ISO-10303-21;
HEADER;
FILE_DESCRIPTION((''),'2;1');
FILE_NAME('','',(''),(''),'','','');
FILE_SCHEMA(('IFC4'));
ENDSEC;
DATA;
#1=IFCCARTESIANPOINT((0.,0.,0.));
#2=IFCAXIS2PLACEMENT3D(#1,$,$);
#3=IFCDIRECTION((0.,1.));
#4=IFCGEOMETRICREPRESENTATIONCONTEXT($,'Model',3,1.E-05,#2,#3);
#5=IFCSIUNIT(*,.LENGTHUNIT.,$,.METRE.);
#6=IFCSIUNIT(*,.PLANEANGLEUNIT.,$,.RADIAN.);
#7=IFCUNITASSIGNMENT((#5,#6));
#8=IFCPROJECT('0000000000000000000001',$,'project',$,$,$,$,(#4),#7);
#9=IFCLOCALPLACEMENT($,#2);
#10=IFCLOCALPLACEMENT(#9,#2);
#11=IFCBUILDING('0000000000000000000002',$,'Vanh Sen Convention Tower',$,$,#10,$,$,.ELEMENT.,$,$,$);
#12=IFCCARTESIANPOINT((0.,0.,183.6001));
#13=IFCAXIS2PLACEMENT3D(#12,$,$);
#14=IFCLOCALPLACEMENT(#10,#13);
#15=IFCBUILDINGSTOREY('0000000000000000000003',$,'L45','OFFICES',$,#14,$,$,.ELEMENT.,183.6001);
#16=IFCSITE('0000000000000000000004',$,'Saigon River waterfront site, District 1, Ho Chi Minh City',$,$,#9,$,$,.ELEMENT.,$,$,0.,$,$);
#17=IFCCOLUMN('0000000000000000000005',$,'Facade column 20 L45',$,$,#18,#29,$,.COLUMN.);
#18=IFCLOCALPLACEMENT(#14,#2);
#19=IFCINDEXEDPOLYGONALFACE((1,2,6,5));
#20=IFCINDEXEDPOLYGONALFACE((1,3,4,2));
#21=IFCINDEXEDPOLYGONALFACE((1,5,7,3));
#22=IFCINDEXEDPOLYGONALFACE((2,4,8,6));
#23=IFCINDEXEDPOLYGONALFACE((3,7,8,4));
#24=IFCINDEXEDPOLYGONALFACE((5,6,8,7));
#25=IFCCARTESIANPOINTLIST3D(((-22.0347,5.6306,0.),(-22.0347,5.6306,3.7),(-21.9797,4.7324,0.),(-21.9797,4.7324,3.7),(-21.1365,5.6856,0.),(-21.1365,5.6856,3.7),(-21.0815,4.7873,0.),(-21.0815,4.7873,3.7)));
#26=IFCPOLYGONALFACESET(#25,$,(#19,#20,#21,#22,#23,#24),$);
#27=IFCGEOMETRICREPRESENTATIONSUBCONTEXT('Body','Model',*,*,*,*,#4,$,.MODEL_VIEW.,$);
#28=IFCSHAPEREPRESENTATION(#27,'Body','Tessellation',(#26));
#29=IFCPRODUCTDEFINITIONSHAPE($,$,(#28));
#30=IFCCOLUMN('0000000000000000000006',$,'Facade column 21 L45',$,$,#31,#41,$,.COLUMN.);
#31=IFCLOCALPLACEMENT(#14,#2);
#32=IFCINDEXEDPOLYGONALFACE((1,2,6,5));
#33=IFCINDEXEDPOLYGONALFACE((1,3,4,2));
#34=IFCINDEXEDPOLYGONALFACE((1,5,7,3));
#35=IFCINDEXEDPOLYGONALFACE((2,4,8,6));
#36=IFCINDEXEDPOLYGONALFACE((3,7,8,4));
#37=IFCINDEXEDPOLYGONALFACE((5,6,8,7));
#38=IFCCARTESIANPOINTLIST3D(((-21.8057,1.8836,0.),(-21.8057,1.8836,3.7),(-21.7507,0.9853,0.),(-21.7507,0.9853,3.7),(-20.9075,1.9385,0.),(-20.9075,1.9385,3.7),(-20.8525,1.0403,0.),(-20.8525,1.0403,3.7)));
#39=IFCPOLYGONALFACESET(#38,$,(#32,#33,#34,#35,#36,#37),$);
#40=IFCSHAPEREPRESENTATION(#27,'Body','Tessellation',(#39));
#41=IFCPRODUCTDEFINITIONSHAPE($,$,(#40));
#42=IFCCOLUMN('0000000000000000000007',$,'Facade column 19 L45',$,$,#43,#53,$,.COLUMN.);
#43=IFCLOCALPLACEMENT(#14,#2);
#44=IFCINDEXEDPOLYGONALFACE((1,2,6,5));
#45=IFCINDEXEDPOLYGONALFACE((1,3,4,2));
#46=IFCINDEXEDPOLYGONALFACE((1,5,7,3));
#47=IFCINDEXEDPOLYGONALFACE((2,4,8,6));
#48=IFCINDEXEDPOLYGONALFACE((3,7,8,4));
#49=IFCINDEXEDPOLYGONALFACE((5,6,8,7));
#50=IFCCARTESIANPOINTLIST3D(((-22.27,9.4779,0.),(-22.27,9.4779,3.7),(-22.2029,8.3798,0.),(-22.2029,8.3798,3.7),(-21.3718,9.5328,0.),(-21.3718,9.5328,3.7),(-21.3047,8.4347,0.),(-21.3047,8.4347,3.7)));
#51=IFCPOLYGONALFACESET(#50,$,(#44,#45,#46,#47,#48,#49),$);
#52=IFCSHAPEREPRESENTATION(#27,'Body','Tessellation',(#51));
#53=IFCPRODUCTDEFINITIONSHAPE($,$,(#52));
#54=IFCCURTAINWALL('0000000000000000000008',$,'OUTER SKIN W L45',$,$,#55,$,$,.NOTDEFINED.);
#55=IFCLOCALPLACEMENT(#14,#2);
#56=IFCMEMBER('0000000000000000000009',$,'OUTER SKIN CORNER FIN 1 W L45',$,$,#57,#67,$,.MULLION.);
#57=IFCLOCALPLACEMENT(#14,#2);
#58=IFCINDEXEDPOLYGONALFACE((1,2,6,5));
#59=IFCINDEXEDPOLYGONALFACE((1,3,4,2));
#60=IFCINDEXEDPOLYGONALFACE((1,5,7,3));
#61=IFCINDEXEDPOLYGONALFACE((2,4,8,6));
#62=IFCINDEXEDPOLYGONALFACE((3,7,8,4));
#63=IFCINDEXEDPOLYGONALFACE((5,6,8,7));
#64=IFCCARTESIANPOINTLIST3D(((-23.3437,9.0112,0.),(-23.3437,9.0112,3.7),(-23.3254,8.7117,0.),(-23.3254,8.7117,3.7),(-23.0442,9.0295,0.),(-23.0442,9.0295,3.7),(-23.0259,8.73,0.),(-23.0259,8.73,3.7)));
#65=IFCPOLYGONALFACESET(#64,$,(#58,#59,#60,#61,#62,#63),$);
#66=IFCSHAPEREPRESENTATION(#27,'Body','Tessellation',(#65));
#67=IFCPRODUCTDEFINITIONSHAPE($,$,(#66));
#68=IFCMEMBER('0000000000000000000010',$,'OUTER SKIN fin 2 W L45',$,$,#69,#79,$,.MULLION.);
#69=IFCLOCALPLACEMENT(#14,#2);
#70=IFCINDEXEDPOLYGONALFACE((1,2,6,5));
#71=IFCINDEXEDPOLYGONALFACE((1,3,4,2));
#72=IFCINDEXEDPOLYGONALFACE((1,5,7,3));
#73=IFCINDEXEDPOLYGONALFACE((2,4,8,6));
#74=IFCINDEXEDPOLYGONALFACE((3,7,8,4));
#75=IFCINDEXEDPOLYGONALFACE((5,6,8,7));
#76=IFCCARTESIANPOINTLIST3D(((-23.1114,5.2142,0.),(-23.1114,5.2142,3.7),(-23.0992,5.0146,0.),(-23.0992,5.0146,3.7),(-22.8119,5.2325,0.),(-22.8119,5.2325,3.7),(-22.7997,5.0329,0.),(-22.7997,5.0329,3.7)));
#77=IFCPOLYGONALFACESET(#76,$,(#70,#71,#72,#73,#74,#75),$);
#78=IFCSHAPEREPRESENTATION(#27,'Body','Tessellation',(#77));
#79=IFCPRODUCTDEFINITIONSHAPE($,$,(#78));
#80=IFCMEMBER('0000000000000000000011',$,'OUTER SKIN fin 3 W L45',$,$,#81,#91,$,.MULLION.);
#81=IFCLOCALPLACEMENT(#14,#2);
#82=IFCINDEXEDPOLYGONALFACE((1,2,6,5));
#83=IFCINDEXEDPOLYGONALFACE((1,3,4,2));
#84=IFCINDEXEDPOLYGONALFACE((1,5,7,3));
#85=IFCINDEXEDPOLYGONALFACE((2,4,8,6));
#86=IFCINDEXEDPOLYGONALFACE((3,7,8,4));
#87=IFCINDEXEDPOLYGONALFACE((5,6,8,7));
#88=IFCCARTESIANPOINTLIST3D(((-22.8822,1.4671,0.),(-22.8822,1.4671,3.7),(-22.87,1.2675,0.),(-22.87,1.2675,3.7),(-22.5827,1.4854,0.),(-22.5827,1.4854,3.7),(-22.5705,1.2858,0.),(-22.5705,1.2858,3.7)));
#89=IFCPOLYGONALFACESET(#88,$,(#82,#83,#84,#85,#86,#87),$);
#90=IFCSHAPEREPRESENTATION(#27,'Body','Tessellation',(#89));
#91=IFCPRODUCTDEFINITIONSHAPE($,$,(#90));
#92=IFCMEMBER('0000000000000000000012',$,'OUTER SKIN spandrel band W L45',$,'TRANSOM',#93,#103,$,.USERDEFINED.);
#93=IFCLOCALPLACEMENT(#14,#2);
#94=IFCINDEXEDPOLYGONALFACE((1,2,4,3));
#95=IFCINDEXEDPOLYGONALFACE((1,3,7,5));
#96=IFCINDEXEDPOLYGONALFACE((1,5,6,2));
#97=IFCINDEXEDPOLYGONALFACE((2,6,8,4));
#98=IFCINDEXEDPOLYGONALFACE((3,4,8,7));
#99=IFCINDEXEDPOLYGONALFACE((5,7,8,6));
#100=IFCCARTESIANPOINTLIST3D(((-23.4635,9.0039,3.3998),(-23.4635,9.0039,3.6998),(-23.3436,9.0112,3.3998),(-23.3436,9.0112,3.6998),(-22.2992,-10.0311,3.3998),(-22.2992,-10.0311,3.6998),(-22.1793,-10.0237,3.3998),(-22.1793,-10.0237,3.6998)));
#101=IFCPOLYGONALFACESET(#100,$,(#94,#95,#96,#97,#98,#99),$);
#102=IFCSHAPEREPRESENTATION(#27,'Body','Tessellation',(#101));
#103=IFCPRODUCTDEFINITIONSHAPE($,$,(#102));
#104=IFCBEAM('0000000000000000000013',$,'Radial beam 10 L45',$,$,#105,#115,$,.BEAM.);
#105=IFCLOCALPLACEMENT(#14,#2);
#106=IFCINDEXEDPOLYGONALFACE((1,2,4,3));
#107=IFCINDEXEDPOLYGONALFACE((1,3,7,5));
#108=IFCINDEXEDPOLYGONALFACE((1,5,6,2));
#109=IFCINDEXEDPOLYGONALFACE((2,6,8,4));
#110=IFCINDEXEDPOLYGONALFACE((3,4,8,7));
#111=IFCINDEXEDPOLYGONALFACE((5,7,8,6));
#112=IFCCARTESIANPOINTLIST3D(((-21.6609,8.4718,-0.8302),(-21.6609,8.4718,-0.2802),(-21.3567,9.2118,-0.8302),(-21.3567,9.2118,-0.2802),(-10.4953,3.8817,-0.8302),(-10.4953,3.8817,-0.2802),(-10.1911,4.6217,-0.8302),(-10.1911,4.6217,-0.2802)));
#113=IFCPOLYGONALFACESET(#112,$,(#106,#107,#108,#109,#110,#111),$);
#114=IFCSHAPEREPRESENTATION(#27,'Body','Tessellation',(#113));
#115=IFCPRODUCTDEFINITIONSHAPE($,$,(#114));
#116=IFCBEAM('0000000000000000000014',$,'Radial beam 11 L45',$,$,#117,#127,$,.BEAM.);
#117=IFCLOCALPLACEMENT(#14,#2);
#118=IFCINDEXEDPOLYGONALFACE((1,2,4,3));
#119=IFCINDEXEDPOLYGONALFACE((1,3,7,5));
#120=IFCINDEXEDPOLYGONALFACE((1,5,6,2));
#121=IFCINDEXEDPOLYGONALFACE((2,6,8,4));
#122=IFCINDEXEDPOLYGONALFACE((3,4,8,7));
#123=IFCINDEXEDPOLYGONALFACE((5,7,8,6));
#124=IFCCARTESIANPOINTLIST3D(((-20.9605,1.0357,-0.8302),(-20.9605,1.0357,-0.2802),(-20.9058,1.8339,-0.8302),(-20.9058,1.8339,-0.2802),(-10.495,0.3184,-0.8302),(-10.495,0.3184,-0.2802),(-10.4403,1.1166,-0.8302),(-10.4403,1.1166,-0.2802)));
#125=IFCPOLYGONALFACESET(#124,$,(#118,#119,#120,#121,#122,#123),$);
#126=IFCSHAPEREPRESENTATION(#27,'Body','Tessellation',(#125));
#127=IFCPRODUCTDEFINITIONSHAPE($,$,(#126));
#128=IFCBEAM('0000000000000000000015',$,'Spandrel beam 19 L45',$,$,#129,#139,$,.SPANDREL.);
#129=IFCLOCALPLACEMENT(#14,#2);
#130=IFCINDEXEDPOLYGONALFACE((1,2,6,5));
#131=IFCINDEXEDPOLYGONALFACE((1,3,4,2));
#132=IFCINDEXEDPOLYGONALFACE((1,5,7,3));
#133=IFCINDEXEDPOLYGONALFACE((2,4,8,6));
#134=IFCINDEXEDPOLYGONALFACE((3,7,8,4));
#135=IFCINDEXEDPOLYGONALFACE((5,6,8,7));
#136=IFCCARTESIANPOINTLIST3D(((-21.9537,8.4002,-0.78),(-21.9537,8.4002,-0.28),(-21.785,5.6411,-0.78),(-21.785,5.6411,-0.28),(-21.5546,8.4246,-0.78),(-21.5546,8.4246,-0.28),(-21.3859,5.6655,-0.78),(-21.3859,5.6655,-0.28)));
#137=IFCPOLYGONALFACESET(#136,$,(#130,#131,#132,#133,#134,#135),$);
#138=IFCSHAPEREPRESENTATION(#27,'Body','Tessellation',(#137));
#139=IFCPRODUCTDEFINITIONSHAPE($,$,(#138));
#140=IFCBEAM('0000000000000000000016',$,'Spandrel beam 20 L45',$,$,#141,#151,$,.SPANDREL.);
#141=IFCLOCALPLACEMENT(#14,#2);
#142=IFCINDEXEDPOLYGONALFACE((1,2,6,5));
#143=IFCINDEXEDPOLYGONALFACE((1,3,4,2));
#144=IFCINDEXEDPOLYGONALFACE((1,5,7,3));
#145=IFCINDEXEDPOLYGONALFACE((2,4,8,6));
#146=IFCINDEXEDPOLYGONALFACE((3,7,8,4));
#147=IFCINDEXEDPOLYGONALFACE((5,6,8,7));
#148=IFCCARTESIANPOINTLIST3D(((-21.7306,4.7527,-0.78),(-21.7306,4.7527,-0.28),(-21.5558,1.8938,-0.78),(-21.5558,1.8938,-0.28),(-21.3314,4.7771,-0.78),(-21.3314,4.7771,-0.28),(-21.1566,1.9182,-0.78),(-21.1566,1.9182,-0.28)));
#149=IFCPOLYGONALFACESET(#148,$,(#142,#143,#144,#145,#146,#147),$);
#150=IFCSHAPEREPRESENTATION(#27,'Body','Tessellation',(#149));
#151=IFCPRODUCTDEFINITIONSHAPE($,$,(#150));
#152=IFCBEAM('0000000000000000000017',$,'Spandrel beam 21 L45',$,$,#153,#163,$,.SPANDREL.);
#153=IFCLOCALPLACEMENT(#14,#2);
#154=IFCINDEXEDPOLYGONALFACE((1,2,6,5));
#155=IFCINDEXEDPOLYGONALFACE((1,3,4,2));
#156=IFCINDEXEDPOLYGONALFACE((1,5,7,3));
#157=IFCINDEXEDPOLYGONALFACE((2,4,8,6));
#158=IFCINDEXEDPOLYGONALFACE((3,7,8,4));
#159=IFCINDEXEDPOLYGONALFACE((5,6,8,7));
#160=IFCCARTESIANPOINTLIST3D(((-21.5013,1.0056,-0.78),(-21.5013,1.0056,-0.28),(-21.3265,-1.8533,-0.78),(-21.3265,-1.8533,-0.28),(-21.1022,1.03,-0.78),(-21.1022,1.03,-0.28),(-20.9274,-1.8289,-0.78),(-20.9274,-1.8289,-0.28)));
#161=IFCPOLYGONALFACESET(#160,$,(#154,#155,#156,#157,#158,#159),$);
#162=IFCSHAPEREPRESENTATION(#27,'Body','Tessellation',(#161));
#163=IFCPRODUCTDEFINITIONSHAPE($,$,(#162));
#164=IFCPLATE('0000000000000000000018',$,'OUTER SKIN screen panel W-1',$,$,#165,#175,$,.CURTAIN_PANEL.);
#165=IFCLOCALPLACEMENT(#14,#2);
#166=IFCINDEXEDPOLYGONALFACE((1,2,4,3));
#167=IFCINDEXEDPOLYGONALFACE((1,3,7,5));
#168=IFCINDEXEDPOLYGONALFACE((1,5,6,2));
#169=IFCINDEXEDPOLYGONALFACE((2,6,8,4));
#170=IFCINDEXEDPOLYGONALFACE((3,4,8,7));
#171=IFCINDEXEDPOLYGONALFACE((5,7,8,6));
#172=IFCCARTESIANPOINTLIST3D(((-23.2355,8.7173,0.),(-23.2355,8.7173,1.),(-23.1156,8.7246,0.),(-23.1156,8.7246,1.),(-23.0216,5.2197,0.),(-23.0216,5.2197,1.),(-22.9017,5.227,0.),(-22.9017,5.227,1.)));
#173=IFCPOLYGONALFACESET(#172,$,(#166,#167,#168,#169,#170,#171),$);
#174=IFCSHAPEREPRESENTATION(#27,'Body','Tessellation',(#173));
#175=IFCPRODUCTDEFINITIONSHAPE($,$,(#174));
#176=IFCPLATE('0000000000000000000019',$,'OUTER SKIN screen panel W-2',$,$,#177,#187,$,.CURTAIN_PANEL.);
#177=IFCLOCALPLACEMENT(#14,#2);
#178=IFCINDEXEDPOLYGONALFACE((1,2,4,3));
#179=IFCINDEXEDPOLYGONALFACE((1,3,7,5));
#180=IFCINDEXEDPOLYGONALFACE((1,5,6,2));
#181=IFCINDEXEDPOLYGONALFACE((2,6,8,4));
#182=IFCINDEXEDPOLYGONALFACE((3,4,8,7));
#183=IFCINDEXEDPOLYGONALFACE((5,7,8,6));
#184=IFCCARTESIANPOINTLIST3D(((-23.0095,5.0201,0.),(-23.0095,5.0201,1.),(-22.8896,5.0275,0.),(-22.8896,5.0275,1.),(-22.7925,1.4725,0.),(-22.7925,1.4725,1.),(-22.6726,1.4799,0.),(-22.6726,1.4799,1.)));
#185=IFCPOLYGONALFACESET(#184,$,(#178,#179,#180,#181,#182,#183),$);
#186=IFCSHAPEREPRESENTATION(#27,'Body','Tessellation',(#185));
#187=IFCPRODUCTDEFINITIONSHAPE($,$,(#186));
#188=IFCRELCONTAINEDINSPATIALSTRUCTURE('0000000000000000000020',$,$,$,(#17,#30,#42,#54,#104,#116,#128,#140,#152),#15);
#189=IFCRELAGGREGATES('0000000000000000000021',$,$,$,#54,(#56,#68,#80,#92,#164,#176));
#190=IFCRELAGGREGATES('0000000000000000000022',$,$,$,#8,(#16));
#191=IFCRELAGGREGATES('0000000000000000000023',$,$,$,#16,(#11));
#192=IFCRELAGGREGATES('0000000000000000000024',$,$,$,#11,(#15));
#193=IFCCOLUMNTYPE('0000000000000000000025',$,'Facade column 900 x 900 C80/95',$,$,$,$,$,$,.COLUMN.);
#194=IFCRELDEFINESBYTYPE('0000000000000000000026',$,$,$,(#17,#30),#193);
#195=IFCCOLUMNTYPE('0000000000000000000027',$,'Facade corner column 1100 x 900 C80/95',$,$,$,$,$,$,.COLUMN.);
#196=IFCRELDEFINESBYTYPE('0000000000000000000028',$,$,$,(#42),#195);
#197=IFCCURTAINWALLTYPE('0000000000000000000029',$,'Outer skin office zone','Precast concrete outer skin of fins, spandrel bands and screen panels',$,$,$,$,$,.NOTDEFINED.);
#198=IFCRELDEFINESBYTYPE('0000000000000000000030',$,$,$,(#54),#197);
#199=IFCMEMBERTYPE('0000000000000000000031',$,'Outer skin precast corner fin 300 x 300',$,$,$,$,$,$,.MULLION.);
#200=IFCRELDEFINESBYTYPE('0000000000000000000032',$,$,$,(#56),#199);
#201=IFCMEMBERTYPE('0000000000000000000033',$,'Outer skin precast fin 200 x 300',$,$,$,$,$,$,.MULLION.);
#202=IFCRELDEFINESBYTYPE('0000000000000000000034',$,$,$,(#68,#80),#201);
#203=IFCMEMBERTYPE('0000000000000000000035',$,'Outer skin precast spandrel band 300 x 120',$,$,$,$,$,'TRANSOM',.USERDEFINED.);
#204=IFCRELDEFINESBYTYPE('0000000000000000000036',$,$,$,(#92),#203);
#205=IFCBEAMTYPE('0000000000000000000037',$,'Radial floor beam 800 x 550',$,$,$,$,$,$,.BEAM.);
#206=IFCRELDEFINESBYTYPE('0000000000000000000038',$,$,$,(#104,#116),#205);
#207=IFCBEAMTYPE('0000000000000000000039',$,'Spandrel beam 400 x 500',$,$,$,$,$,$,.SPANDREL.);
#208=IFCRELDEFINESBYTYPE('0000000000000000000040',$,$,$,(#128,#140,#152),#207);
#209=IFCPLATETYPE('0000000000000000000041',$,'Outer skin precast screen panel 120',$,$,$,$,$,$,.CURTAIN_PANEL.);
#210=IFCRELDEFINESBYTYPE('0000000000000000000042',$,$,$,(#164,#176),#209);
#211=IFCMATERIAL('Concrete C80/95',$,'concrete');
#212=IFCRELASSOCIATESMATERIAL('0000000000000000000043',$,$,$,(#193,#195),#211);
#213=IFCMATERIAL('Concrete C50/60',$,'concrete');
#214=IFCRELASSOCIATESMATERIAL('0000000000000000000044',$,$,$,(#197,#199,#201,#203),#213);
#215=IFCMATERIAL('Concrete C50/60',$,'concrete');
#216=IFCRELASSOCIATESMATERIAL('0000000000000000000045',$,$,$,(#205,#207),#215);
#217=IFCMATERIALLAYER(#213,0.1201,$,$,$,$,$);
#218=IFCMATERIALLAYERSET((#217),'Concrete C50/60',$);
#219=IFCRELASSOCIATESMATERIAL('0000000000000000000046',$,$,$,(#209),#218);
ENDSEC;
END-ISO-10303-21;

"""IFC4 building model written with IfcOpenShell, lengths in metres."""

from ifc_helpers import new_model, si_unit, direction, frame, origin, origin_2d, place, context, subcontext, project, spatial, rectangle, extrude, material, layer, layer_set, material_profile, profile_set, type_object, element, aggregate, save


model = new_model("IFC4")

# Units and contexts
model_context = context("Model", 3, precision=1e-05, world=origin(), true_north=direction((0.0, 1.0)))
body_context = subcontext(model_context, "Body", "Model", "MODEL_VIEW")
ifc_project = project(units=[si_unit("LENGTHUNIT", "METRE"), si_unit("PLANEANGLEUNIT", "RADIAN")], contexts=[model_context])

# Site, building, storey
site_placement = place(None, origin())
site = spatial("IfcSite", under=ifc_project, at=site_placement, Name="Saigon River waterfront site, District 1, Ho Chi Minh City", CompositionType="ELEMENT", RefElevation=0.0)
building_placement = place(site_placement, origin())
building = spatial("IfcBuilding", under=site, at=building_placement, Name="Vanh Sen Convention Tower", CompositionType="ELEMENT")
storey_placement = place(building_placement, frame((0.0, 0.0, 183.6001)))
storey = spatial("IfcBuildingStorey", under=building, at=storey_placement, Name="L45", Description="OFFICES", CompositionType="ELEMENT", Elevation=183.6001)

# Columns
ifc_material_1 = material(Name="Concrete C80/95", Category="concrete")
ifc_material_profile_1 = material_profile(ifc_material_1, rectangle(XDim=0.8999, YDim=0.8999, at=origin_2d()), Name="RC 900X900")
ifc_profile_set_1 = profile_set([ifc_material_profile_1], Name="Concrete C80/95")
column_type_1 = type_object("IfcColumnType", Name="Facade column 900 x 900 C80/95", PredefinedType="COLUMN", material=ifc_profile_set_1)
for number, where, z_axis, x_axis, name in (
    (1, (-21.5581, 5.209, 0.0), (0.0, 0.0, 1.0), (0.061049, -0.998135, 0.0), "Facade column 20 L45"),
    (2, (-21.3291, 1.4619, 0.0), (0.0, 0.0, 1.0), (0.061049, -0.998135, 0.0), "Facade column 21 L45"),
):
    element("IfcColumn", number, at=place(storey_placement, frame(where, z_axis=z_axis, x_axis=x_axis)), inside=storey, type_object=column_type_1, Name=name, PredefinedType="COLUMN", context=body_context, shape_type="SweptSolid", body=[
        extrude(rectangle(XDim=0.8999, YDim=0.8999, at=origin_2d()), origin(), (0.0, 0.0, 1.0), 3.7),
    ])
ifc_material_profile_2 = material_profile(ifc_material_1, rectangle(XDim=1.1001, YDim=0.8999, at=origin_2d()), Name="RC 1100X900")
ifc_profile_set_2 = profile_set([ifc_material_profile_2], Name="Concrete C80/95")
column_type_2 = type_object("IfcColumnType", Name="Facade corner column 1100 x 900 C80/95", PredefinedType="COLUMN", material=ifc_profile_set_2)
column_placement = place(storey_placement, frame((-21.7874, 8.9563, 0.0), z_axis=(0.0, 0.0, 1.0), x_axis=(0.061049, -0.998135, 0.0)))
element("IfcColumn", 3, at=column_placement, inside=storey, type_object=column_type_2, Name="Facade column 19 L45", PredefinedType="COLUMN", context=body_context, shape_type="SweptSolid", body=[
    extrude(rectangle(XDim=1.1001, YDim=0.8999, at=origin_2d()), origin(), (0.0, 0.0, 1.0), 3.7),
])

# Curtain wall, members
ifc_material_2 = material(Name="Concrete C50/60", Category="concrete")
curtain_wall_type = type_object("IfcCurtainWallType", Name="Outer skin office zone", Description="Precast concrete outer skin of fins, spandrel bands and screen panels", PredefinedType="NOTDEFINED", material=ifc_material_2)
curtain_wall_placement = place(storey_placement, origin())
curtain_wall = element("IfcCurtainWall", 4, at=curtain_wall_placement, inside=storey, type_object=curtain_wall_type, Name="OUTER SKIN W L45", PredefinedType="NOTDEFINED")
ifc_material_profile_3 = material_profile(ifc_material_2, rectangle(XDim=0.3, YDim=0.3, at=origin_2d()), Name="Outer skin precast corner fin 300 x 300")
ifc_profile_set_3 = profile_set([ifc_material_profile_3], Name="Concrete C50/60")
member_type_1 = type_object("IfcMemberType", Name="Outer skin precast corner fin 300 x 300", PredefinedType="MULLION", material=ifc_profile_set_3)
member_1_placement = place(storey_placement, frame((-23.1848, 8.8706, 0.0), z_axis=(0.0, 0.0, 1.0), x_axis=(0.061049, -0.998135, 0.0)))
member_1 = element("IfcMember", 5, at=member_1_placement, type_object=member_type_1, Name="OUTER SKIN CORNER FIN 1 W L45", PredefinedType="MULLION", context=body_context, shape_type="SweptSolid", body=[
    extrude(rectangle(XDim=0.3, YDim=0.3, at=origin_2d()), origin(), (0.0, 0.0, 1.0), 3.7),
])
ifc_material_profile_4 = material_profile(ifc_material_2, rectangle(XDim=0.2, YDim=0.3, at=origin_2d()), Name="Outer skin precast fin 200 x 300")
ifc_profile_set_4 = profile_set([ifc_material_profile_4], Name="Concrete C50/60")
member_type_2 = type_object("IfcMemberType", Name="Outer skin precast fin 200 x 300", PredefinedType="MULLION", material=ifc_profile_set_4)
member_2_placement = place(storey_placement, frame((-22.9556, 5.1235, 0.0), z_axis=(0.0, 0.0, 1.0), x_axis=(0.061049, -0.998135, 0.0)))
member_2 = element("IfcMember", 6, at=member_2_placement, type_object=member_type_2, Name="OUTER SKIN fin 2 W L45", PredefinedType="MULLION", context=body_context, shape_type="SweptSolid", body=[
    extrude(rectangle(XDim=0.2, YDim=0.3, at=origin_2d()), origin(), (0.0, 0.0, 1.0), 3.7),
])
member_3_placement = place(storey_placement, frame((-22.7263, 1.3765, 0.0), z_axis=(0.0, 0.0, 1.0), x_axis=(0.061049, -0.998135, 0.0)))
member_3 = element("IfcMember", 7, at=member_3_placement, type_object=member_type_2, Name="OUTER SKIN fin 3 W L45", PredefinedType="MULLION", context=body_context, shape_type="SweptSolid", body=[
    extrude(rectangle(XDim=0.2, YDim=0.3, at=origin_2d()), origin(), (0.0, 0.0, 1.0), 3.7),
])
ifc_material_profile_5 = material_profile(ifc_material_2, rectangle(XDim=0.1201, YDim=0.3, at=origin_2d()), Name="Outer skin precast spandrel band 300 x 120")
ifc_profile_set_5 = profile_set([ifc_material_profile_5], Name="Concrete C50/60")
member_type_3 = type_object("IfcMemberType", Name="Outer skin precast spandrel band 300 x 120", ElementType="TRANSOM", PredefinedType="USERDEFINED", material=ifc_profile_set_5)
member_4_placement = place(storey_placement, frame((-23.4036, 9.0076, 3.5498), z_axis=(0.061053, -0.998135, 0.0), x_axis=(0.998135, 0.061053, 0.0)))
member_4 = element("IfcMember", 8, at=member_4_placement, type_object=member_type_3, Name="OUTER SKIN spandrel band W L45", ObjectType="TRANSOM", PredefinedType="USERDEFINED", context=body_context, shape_type="SweptSolid", body=[
    extrude(rectangle(XDim=0.1201, YDim=0.3, at=origin_2d()), origin(), (0.0, 0.0, 1.0), 19.0706),
])

# Beams
ifc_material_3 = material(Name="Concrete C50/60", Category="concrete")
ifc_material_profile_6 = material_profile(ifc_material_3, rectangle(XDim=0.8, YDim=0.55, at=origin_2d()), Name="RC 800X550")
ifc_profile_set_6 = profile_set([ifc_material_profile_6], Name="Concrete C50/60")
beam_type_1 = type_object("IfcBeamType", Name="Radial floor beam 800 x 550", PredefinedType="BEAM", material=ifc_profile_set_6)
beam_1_placement = place(storey_placement, frame((-21.5088, 8.8418, -0.5552), z_axis=(0.924896, -0.38022, 0.0), x_axis=(0.38022, 0.924896, 0.0)))
element("IfcBeam", 9, at=beam_1_placement, inside=storey, type_object=beam_type_1, Name="Radial beam 10 L45", PredefinedType="BEAM", context=body_context, shape_type="SweptSolid", body=[
    extrude(rectangle(XDim=0.8, YDim=0.55, at=origin_2d()), origin(), (0.0, 0.0, 1.0), 12.0723),
])
beam_2_placement = place(storey_placement, frame((-20.9331, 1.4348, -0.5552), z_axis=(0.997659, -0.068379, 0.0), x_axis=(0.068379, 0.997659, 0.0)))
element("IfcBeam", 10, at=beam_2_placement, inside=storey, type_object=beam_type_1, Name="Radial beam 11 L45", PredefinedType="BEAM", context=body_context, shape_type="SweptSolid", body=[
    extrude(rectangle(XDim=0.8, YDim=0.55, at=origin_2d()), origin(), (0.0, 0.0, 1.0), 10.49),
])
ifc_material_profile_7 = material_profile(ifc_material_3, rectangle(XDim=0.3999, YDim=0.5, at=origin_2d()), Name="RC 400X500")
ifc_profile_set_7 = profile_set([ifc_material_profile_7], Name="Concrete C50/60")
beam_type_2 = type_object("IfcBeamType", Name="Spandrel beam 400 x 500", PredefinedType="SPANDREL", material=ifc_profile_set_7)
beam_3_placement = place(storey_placement, frame((-21.7542, 8.4124, -0.53), z_axis=(0.061031, -0.998136, 0.0), x_axis=(0.998136, 0.061031, 0.0)))
element("IfcBeam", 11, at=beam_3_placement, inside=storey, type_object=beam_type_2, Name="Spandrel beam 19 L45", PredefinedType="SPANDREL", context=body_context, shape_type="SweptSolid", body=[
    extrude(rectangle(XDim=0.3999, YDim=0.5, at=origin_2d()), origin(), (0.0, 0.0, 1.0), 2.7642),
])
for number, where, z_axis, x_axis, name in (
    (12, (-21.531, 4.7649, -0.53), (0.06103, -0.998136, 0.0), (0.998136, 0.06103, 0.0), "Spandrel beam 20 L45"),
    (13, (-21.3018, 1.0178, -0.53), (0.06103, -0.998136, 0.0), (0.998136, 0.06103, 0.0), "Spandrel beam 21 L45"),
):
    element("IfcBeam", number, at=place(storey_placement, frame(where, z_axis=z_axis, x_axis=x_axis)), inside=storey, type_object=beam_type_2, Name=name, PredefinedType="SPANDREL", context=body_context, shape_type="SweptSolid", body=[
        extrude(rectangle(XDim=0.3999, YDim=0.5, at=origin_2d()), origin(), (0.0, 0.0, 1.0), 2.8643),
    ])

# Plates
ifc_layer_1 = layer(ifc_material_2, 0.1201)
ifc_layer_set_1 = layer_set([ifc_layer_1], Name="Concrete C50/60")
plate_type = type_object("IfcPlateType", Name="Outer skin precast screen panel 120", PredefinedType="CURTAIN_PANEL", material=ifc_layer_set_1)
plate_1_placement = place(storey_placement, frame((-23.0686, 6.9722, 0.0), z_axis=(0.0, 0.0, 1.0), x_axis=(0.061054, -0.998134, 0.0)))
plate_1 = element("IfcPlate", 14, at=plate_1_placement, type_object=plate_type, Name="OUTER SKIN screen panel W-1", PredefinedType="CURTAIN_PANEL", context=body_context, shape_type="SweptSolid", body=[
    extrude(rectangle(XDim=3.5042, YDim=0.1201, at=origin_2d()), origin(), (0.0, 0.0, 1.0), 1.0),
])
plate_2_placement = place(storey_placement, frame((-22.8411, 3.25, 0.0), z_axis=(0.0, 0.0, 1.0), x_axis=(0.061052, -0.998135, 0.0)))
plate_2 = element("IfcPlate", 15, at=plate_2_placement, type_object=plate_type, Name="OUTER SKIN screen panel W-2", PredefinedType="CURTAIN_PANEL", context=body_context, shape_type="SweptSolid", body=[
    extrude(rectangle(XDim=3.5542, YDim=0.1201, at=origin_2d()), origin(), (0.0, 0.0, 1.0), 1.0),
])
aggregate(curtain_wall, [member_1, member_2, member_3, member_4, plate_1, plate_2])

save(model, "model.ifc")
